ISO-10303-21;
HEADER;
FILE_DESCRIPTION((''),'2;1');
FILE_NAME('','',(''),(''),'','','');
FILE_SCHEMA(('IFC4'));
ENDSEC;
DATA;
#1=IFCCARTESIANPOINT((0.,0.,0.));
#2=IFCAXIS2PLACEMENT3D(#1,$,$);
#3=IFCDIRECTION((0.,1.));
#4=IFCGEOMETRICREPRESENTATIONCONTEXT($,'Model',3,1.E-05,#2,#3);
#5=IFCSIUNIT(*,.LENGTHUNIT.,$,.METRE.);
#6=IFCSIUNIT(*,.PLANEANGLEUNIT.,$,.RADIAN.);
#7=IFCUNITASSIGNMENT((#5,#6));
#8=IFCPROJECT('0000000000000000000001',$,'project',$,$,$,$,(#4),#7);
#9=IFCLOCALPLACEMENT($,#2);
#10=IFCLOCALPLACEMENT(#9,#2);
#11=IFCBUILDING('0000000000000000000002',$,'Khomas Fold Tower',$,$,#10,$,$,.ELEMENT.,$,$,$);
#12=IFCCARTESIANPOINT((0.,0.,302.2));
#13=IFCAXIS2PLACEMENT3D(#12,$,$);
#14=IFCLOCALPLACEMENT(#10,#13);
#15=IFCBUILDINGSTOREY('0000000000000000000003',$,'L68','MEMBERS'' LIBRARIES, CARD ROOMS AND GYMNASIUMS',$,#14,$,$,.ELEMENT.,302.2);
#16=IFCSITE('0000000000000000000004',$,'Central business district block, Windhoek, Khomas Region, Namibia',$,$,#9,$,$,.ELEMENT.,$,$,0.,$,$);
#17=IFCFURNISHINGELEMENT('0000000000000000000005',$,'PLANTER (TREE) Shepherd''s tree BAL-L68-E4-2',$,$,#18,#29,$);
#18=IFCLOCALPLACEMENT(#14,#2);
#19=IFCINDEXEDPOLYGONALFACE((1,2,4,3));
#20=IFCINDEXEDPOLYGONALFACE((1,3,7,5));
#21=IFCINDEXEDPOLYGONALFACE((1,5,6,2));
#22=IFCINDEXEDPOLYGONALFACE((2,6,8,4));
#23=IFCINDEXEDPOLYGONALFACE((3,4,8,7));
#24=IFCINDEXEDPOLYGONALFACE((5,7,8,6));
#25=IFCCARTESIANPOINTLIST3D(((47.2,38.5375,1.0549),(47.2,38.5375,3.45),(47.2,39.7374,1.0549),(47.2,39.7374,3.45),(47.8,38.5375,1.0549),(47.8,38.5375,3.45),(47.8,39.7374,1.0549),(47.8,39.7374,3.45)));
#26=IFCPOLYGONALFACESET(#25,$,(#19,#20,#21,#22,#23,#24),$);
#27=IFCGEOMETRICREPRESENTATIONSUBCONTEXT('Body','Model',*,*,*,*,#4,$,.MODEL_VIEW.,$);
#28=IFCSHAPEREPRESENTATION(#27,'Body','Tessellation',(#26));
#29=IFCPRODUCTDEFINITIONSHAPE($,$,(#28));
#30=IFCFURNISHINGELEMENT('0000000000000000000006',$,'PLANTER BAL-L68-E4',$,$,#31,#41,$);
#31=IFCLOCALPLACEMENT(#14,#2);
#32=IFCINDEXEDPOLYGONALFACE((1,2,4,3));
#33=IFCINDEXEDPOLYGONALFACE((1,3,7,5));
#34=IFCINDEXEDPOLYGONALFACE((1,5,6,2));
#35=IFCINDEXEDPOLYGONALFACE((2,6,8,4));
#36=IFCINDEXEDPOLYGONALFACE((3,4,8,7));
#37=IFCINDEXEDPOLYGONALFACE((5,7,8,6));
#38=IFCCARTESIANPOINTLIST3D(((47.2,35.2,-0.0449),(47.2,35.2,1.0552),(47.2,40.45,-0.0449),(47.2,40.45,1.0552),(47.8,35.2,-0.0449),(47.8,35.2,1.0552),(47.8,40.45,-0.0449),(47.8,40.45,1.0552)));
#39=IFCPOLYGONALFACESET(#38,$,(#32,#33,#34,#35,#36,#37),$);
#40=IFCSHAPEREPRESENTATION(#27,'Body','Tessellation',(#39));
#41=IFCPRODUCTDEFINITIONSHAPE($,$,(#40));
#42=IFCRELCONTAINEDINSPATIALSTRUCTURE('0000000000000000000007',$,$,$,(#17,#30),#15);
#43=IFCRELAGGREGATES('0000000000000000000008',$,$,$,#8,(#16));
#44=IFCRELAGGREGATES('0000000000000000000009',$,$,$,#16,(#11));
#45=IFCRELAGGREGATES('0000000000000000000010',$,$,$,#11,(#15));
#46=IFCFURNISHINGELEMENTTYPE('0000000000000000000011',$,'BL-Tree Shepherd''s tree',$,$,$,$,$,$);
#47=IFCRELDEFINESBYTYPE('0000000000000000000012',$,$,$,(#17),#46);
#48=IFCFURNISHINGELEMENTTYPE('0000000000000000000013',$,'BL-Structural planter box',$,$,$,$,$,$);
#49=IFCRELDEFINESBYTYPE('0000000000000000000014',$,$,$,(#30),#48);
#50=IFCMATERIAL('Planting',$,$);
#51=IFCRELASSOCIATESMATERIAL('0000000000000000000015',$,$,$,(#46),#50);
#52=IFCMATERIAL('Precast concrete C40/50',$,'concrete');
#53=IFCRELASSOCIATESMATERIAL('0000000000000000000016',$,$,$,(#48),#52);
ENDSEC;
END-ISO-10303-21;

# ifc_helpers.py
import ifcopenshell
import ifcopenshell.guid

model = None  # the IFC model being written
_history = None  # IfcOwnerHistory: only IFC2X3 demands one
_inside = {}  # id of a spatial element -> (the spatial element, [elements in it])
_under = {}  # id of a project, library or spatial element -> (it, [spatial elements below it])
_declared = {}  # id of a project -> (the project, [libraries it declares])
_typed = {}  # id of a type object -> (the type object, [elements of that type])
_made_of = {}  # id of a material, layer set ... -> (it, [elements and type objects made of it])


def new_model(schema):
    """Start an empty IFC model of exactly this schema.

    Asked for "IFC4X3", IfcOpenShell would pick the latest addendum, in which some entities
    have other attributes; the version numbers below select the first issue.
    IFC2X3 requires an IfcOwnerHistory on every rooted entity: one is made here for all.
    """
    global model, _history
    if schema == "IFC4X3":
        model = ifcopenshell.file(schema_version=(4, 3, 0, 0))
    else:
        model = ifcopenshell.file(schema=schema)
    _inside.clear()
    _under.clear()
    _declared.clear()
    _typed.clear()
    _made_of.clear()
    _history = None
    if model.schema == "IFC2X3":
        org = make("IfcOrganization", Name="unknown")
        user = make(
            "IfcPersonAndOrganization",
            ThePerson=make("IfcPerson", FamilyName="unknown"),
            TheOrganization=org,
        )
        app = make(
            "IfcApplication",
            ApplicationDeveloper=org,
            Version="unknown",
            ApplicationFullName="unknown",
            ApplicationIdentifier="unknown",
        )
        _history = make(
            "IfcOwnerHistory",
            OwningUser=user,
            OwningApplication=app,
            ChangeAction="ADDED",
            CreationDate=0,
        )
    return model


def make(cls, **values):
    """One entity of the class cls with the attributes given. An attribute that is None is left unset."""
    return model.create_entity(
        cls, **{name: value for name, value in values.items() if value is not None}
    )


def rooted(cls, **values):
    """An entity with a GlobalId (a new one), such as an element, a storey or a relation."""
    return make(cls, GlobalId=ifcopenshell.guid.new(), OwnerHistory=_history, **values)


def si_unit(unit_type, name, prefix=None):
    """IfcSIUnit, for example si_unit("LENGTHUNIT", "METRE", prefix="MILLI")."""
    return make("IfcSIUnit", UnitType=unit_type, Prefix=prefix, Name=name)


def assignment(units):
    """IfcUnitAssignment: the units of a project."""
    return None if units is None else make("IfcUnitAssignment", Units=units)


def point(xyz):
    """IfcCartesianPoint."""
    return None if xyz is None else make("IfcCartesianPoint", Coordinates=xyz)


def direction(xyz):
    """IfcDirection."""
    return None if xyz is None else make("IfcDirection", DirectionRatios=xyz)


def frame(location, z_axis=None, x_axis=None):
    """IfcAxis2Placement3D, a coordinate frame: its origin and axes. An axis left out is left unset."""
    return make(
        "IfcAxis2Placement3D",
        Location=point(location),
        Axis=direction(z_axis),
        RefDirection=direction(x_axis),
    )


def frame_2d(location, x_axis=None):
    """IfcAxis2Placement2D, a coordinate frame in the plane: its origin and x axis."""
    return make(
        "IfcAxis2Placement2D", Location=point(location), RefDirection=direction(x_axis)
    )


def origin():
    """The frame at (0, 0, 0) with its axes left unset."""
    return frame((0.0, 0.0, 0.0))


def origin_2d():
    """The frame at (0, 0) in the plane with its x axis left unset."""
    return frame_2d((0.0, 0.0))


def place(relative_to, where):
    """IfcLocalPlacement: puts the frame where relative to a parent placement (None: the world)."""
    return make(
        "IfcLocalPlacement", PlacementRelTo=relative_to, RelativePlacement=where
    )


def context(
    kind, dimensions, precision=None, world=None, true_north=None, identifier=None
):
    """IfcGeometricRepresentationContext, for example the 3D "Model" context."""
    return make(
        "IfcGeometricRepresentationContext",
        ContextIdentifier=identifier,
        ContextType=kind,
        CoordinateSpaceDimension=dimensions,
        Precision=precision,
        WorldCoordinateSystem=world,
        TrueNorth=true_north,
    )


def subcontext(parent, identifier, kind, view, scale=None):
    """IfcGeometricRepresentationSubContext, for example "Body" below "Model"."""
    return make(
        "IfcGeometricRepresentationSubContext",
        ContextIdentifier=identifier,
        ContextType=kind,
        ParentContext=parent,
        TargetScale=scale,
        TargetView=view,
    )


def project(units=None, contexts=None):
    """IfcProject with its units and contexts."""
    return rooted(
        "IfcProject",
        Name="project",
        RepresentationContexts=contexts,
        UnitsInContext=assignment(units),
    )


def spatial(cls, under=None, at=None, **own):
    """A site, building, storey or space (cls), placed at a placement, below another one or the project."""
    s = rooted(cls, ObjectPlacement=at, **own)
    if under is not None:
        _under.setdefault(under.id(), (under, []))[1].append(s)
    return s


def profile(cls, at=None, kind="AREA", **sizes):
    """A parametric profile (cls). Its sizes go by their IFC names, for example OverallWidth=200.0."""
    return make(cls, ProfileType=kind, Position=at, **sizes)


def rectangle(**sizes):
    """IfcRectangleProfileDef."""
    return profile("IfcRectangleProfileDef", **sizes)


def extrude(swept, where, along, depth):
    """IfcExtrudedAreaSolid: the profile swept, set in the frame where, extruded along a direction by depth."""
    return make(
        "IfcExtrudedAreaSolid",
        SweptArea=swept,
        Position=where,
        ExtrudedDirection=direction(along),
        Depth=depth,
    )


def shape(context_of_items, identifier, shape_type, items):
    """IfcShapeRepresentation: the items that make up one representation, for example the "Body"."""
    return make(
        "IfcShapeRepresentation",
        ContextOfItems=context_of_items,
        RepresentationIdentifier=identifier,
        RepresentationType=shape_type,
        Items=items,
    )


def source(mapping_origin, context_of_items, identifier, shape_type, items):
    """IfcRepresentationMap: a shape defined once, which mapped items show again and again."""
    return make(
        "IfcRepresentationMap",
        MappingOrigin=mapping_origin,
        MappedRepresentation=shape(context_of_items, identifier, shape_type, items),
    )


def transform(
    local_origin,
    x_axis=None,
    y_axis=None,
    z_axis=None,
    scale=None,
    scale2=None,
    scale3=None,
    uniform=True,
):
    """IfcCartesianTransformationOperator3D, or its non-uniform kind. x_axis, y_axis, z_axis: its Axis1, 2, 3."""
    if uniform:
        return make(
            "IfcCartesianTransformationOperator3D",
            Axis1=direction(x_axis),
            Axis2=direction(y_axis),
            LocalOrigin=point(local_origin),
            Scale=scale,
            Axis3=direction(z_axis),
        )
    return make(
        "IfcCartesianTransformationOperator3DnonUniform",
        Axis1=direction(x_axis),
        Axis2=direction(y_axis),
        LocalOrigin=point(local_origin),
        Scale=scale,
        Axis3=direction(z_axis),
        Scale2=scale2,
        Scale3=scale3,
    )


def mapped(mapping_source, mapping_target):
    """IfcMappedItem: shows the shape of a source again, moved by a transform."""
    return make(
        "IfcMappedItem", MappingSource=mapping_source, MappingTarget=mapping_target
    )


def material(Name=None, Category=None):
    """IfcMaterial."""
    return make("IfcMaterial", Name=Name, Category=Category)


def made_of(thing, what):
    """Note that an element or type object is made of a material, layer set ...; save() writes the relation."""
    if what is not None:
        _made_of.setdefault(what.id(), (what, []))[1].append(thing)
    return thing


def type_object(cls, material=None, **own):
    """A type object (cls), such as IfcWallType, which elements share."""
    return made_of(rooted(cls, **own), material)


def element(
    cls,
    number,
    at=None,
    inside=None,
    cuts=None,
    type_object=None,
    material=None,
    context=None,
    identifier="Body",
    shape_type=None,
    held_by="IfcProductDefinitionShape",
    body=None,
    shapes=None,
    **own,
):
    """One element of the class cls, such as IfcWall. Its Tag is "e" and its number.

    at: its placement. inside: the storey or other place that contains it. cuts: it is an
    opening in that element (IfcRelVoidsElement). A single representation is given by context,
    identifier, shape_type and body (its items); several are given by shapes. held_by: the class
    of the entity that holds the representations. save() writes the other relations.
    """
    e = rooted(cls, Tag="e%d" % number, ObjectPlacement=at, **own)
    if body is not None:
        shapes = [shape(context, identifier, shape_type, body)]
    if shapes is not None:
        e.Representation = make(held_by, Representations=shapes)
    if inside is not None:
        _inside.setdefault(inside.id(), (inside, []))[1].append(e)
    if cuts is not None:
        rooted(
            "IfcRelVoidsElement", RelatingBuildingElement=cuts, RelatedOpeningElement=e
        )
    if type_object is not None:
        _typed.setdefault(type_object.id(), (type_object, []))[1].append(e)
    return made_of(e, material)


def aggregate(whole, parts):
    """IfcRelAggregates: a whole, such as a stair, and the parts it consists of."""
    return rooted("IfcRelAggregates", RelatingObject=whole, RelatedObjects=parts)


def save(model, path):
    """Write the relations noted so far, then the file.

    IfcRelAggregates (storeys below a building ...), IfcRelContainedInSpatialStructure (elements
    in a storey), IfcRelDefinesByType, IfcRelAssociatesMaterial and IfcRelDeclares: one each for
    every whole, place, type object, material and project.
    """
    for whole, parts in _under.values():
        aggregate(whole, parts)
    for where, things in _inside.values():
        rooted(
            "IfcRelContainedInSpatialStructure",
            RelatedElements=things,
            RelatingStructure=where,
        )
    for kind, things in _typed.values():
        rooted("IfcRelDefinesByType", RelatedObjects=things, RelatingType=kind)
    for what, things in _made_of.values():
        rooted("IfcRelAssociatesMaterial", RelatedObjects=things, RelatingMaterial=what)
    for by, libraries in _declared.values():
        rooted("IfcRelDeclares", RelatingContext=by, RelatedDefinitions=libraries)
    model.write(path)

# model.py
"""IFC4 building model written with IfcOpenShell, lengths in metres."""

from ifc_helpers import new_model, si_unit, direction, frame, origin, origin_2d, place, context, subcontext, project, spatial, rectangle, extrude, source, transform, mapped, material, type_object, element, save


model = new_model("IFC4")

# Units and contexts
model_context = context("Model", 3, precision=1e-05, world=origin(), true_north=direction((0.0, 1.0)))
body_context = subcontext(model_context, "Body", "Model", "MODEL_VIEW")
ifc_project = project(units=[si_unit("LENGTHUNIT", "METRE"), si_unit("PLANEANGLEUNIT", "RADIAN")], contexts=[model_context])

# Site, building, storey
site_placement = place(None, origin())
site = spatial("IfcSite", under=ifc_project, at=site_placement, Name="Central business district block, Windhoek, Khomas Region, Namibia", CompositionType="ELEMENT", RefElevation=0.0)
building_placement = place(site_placement, origin())
building = spatial("IfcBuilding", under=site, at=building_placement, Name="Khomas Fold Tower", CompositionType="ELEMENT")
storey_placement = place(building_placement, frame((0.0, 0.0, 302.2)))
storey = spatial("IfcBuildingStorey", under=building, at=storey_placement, Name="L68", Description="MEMBERS' LIBRARIES, CARD ROOMS AND GYMNASIUMS", CompositionType="ELEMENT", Elevation=302.2)

# Furnishing elements
shared_shape_1 = source(origin(), body_context, "Body", "SweptSolid", [
    extrude(rectangle(XDim=1.2, YDim=0.6001, at=origin_2d()), origin(), (0.0, 0.0, 1.0), 2.395),
])
ifc_material_1 = material(Name="Planting")
furnishing_element_type_1 = type_object("IfcFurnishingElementType", Name="BL-Tree Shepherd's tree", material=ifc_material_1)
furnishing_1_placement = place(storey_placement, frame((47.5, 39.1375, 1.0549), z_axis=(0.0, 0.0, 1.0), x_axis=(0.0, 1.0, 0.0)))
element("IfcFurnishingElement", 1, at=furnishing_1_placement, inside=storey, type_object=furnishing_element_type_1, Name="PLANTER (TREE) Shepherd's tree BAL-L68-E4-2", context=body_context, shape_type="MappedRepresentation", body=[
    mapped(shared_shape_1, transform((0.0, 0.0, 0.0))),
])
ifc_material_2 = material(Name="Precast concrete C40/50", Category="concrete")
furnishing_element_type_2 = type_object("IfcFurnishingElementType", Name="BL-Structural planter box", material=ifc_material_2)
shared_shape_2 = source(origin(), body_context, "Body", "SweptSolid", [
    extrude(rectangle(XDim=5.25, YDim=0.6001, at=origin_2d()), origin(), (0.0, 0.0, 1.0), 1.1001),
])
furnishing_2_placement = place(storey_placement, frame((47.5, 37.825, -0.0449), z_axis=(0.0, 0.0, 1.0), x_axis=(0.0, 1.0, 0.0)))
element("IfcFurnishingElement", 2, at=furnishing_2_placement, inside=storey, type_object=furnishing_element_type_2, Name="PLANTER BAL-L68-E4", context=body_context, shape_type="MappedRepresentation", body=[
    mapped(shared_shape_2, transform((0.0, 0.0, 0.0))),
])

save(model, "model.ifc")
